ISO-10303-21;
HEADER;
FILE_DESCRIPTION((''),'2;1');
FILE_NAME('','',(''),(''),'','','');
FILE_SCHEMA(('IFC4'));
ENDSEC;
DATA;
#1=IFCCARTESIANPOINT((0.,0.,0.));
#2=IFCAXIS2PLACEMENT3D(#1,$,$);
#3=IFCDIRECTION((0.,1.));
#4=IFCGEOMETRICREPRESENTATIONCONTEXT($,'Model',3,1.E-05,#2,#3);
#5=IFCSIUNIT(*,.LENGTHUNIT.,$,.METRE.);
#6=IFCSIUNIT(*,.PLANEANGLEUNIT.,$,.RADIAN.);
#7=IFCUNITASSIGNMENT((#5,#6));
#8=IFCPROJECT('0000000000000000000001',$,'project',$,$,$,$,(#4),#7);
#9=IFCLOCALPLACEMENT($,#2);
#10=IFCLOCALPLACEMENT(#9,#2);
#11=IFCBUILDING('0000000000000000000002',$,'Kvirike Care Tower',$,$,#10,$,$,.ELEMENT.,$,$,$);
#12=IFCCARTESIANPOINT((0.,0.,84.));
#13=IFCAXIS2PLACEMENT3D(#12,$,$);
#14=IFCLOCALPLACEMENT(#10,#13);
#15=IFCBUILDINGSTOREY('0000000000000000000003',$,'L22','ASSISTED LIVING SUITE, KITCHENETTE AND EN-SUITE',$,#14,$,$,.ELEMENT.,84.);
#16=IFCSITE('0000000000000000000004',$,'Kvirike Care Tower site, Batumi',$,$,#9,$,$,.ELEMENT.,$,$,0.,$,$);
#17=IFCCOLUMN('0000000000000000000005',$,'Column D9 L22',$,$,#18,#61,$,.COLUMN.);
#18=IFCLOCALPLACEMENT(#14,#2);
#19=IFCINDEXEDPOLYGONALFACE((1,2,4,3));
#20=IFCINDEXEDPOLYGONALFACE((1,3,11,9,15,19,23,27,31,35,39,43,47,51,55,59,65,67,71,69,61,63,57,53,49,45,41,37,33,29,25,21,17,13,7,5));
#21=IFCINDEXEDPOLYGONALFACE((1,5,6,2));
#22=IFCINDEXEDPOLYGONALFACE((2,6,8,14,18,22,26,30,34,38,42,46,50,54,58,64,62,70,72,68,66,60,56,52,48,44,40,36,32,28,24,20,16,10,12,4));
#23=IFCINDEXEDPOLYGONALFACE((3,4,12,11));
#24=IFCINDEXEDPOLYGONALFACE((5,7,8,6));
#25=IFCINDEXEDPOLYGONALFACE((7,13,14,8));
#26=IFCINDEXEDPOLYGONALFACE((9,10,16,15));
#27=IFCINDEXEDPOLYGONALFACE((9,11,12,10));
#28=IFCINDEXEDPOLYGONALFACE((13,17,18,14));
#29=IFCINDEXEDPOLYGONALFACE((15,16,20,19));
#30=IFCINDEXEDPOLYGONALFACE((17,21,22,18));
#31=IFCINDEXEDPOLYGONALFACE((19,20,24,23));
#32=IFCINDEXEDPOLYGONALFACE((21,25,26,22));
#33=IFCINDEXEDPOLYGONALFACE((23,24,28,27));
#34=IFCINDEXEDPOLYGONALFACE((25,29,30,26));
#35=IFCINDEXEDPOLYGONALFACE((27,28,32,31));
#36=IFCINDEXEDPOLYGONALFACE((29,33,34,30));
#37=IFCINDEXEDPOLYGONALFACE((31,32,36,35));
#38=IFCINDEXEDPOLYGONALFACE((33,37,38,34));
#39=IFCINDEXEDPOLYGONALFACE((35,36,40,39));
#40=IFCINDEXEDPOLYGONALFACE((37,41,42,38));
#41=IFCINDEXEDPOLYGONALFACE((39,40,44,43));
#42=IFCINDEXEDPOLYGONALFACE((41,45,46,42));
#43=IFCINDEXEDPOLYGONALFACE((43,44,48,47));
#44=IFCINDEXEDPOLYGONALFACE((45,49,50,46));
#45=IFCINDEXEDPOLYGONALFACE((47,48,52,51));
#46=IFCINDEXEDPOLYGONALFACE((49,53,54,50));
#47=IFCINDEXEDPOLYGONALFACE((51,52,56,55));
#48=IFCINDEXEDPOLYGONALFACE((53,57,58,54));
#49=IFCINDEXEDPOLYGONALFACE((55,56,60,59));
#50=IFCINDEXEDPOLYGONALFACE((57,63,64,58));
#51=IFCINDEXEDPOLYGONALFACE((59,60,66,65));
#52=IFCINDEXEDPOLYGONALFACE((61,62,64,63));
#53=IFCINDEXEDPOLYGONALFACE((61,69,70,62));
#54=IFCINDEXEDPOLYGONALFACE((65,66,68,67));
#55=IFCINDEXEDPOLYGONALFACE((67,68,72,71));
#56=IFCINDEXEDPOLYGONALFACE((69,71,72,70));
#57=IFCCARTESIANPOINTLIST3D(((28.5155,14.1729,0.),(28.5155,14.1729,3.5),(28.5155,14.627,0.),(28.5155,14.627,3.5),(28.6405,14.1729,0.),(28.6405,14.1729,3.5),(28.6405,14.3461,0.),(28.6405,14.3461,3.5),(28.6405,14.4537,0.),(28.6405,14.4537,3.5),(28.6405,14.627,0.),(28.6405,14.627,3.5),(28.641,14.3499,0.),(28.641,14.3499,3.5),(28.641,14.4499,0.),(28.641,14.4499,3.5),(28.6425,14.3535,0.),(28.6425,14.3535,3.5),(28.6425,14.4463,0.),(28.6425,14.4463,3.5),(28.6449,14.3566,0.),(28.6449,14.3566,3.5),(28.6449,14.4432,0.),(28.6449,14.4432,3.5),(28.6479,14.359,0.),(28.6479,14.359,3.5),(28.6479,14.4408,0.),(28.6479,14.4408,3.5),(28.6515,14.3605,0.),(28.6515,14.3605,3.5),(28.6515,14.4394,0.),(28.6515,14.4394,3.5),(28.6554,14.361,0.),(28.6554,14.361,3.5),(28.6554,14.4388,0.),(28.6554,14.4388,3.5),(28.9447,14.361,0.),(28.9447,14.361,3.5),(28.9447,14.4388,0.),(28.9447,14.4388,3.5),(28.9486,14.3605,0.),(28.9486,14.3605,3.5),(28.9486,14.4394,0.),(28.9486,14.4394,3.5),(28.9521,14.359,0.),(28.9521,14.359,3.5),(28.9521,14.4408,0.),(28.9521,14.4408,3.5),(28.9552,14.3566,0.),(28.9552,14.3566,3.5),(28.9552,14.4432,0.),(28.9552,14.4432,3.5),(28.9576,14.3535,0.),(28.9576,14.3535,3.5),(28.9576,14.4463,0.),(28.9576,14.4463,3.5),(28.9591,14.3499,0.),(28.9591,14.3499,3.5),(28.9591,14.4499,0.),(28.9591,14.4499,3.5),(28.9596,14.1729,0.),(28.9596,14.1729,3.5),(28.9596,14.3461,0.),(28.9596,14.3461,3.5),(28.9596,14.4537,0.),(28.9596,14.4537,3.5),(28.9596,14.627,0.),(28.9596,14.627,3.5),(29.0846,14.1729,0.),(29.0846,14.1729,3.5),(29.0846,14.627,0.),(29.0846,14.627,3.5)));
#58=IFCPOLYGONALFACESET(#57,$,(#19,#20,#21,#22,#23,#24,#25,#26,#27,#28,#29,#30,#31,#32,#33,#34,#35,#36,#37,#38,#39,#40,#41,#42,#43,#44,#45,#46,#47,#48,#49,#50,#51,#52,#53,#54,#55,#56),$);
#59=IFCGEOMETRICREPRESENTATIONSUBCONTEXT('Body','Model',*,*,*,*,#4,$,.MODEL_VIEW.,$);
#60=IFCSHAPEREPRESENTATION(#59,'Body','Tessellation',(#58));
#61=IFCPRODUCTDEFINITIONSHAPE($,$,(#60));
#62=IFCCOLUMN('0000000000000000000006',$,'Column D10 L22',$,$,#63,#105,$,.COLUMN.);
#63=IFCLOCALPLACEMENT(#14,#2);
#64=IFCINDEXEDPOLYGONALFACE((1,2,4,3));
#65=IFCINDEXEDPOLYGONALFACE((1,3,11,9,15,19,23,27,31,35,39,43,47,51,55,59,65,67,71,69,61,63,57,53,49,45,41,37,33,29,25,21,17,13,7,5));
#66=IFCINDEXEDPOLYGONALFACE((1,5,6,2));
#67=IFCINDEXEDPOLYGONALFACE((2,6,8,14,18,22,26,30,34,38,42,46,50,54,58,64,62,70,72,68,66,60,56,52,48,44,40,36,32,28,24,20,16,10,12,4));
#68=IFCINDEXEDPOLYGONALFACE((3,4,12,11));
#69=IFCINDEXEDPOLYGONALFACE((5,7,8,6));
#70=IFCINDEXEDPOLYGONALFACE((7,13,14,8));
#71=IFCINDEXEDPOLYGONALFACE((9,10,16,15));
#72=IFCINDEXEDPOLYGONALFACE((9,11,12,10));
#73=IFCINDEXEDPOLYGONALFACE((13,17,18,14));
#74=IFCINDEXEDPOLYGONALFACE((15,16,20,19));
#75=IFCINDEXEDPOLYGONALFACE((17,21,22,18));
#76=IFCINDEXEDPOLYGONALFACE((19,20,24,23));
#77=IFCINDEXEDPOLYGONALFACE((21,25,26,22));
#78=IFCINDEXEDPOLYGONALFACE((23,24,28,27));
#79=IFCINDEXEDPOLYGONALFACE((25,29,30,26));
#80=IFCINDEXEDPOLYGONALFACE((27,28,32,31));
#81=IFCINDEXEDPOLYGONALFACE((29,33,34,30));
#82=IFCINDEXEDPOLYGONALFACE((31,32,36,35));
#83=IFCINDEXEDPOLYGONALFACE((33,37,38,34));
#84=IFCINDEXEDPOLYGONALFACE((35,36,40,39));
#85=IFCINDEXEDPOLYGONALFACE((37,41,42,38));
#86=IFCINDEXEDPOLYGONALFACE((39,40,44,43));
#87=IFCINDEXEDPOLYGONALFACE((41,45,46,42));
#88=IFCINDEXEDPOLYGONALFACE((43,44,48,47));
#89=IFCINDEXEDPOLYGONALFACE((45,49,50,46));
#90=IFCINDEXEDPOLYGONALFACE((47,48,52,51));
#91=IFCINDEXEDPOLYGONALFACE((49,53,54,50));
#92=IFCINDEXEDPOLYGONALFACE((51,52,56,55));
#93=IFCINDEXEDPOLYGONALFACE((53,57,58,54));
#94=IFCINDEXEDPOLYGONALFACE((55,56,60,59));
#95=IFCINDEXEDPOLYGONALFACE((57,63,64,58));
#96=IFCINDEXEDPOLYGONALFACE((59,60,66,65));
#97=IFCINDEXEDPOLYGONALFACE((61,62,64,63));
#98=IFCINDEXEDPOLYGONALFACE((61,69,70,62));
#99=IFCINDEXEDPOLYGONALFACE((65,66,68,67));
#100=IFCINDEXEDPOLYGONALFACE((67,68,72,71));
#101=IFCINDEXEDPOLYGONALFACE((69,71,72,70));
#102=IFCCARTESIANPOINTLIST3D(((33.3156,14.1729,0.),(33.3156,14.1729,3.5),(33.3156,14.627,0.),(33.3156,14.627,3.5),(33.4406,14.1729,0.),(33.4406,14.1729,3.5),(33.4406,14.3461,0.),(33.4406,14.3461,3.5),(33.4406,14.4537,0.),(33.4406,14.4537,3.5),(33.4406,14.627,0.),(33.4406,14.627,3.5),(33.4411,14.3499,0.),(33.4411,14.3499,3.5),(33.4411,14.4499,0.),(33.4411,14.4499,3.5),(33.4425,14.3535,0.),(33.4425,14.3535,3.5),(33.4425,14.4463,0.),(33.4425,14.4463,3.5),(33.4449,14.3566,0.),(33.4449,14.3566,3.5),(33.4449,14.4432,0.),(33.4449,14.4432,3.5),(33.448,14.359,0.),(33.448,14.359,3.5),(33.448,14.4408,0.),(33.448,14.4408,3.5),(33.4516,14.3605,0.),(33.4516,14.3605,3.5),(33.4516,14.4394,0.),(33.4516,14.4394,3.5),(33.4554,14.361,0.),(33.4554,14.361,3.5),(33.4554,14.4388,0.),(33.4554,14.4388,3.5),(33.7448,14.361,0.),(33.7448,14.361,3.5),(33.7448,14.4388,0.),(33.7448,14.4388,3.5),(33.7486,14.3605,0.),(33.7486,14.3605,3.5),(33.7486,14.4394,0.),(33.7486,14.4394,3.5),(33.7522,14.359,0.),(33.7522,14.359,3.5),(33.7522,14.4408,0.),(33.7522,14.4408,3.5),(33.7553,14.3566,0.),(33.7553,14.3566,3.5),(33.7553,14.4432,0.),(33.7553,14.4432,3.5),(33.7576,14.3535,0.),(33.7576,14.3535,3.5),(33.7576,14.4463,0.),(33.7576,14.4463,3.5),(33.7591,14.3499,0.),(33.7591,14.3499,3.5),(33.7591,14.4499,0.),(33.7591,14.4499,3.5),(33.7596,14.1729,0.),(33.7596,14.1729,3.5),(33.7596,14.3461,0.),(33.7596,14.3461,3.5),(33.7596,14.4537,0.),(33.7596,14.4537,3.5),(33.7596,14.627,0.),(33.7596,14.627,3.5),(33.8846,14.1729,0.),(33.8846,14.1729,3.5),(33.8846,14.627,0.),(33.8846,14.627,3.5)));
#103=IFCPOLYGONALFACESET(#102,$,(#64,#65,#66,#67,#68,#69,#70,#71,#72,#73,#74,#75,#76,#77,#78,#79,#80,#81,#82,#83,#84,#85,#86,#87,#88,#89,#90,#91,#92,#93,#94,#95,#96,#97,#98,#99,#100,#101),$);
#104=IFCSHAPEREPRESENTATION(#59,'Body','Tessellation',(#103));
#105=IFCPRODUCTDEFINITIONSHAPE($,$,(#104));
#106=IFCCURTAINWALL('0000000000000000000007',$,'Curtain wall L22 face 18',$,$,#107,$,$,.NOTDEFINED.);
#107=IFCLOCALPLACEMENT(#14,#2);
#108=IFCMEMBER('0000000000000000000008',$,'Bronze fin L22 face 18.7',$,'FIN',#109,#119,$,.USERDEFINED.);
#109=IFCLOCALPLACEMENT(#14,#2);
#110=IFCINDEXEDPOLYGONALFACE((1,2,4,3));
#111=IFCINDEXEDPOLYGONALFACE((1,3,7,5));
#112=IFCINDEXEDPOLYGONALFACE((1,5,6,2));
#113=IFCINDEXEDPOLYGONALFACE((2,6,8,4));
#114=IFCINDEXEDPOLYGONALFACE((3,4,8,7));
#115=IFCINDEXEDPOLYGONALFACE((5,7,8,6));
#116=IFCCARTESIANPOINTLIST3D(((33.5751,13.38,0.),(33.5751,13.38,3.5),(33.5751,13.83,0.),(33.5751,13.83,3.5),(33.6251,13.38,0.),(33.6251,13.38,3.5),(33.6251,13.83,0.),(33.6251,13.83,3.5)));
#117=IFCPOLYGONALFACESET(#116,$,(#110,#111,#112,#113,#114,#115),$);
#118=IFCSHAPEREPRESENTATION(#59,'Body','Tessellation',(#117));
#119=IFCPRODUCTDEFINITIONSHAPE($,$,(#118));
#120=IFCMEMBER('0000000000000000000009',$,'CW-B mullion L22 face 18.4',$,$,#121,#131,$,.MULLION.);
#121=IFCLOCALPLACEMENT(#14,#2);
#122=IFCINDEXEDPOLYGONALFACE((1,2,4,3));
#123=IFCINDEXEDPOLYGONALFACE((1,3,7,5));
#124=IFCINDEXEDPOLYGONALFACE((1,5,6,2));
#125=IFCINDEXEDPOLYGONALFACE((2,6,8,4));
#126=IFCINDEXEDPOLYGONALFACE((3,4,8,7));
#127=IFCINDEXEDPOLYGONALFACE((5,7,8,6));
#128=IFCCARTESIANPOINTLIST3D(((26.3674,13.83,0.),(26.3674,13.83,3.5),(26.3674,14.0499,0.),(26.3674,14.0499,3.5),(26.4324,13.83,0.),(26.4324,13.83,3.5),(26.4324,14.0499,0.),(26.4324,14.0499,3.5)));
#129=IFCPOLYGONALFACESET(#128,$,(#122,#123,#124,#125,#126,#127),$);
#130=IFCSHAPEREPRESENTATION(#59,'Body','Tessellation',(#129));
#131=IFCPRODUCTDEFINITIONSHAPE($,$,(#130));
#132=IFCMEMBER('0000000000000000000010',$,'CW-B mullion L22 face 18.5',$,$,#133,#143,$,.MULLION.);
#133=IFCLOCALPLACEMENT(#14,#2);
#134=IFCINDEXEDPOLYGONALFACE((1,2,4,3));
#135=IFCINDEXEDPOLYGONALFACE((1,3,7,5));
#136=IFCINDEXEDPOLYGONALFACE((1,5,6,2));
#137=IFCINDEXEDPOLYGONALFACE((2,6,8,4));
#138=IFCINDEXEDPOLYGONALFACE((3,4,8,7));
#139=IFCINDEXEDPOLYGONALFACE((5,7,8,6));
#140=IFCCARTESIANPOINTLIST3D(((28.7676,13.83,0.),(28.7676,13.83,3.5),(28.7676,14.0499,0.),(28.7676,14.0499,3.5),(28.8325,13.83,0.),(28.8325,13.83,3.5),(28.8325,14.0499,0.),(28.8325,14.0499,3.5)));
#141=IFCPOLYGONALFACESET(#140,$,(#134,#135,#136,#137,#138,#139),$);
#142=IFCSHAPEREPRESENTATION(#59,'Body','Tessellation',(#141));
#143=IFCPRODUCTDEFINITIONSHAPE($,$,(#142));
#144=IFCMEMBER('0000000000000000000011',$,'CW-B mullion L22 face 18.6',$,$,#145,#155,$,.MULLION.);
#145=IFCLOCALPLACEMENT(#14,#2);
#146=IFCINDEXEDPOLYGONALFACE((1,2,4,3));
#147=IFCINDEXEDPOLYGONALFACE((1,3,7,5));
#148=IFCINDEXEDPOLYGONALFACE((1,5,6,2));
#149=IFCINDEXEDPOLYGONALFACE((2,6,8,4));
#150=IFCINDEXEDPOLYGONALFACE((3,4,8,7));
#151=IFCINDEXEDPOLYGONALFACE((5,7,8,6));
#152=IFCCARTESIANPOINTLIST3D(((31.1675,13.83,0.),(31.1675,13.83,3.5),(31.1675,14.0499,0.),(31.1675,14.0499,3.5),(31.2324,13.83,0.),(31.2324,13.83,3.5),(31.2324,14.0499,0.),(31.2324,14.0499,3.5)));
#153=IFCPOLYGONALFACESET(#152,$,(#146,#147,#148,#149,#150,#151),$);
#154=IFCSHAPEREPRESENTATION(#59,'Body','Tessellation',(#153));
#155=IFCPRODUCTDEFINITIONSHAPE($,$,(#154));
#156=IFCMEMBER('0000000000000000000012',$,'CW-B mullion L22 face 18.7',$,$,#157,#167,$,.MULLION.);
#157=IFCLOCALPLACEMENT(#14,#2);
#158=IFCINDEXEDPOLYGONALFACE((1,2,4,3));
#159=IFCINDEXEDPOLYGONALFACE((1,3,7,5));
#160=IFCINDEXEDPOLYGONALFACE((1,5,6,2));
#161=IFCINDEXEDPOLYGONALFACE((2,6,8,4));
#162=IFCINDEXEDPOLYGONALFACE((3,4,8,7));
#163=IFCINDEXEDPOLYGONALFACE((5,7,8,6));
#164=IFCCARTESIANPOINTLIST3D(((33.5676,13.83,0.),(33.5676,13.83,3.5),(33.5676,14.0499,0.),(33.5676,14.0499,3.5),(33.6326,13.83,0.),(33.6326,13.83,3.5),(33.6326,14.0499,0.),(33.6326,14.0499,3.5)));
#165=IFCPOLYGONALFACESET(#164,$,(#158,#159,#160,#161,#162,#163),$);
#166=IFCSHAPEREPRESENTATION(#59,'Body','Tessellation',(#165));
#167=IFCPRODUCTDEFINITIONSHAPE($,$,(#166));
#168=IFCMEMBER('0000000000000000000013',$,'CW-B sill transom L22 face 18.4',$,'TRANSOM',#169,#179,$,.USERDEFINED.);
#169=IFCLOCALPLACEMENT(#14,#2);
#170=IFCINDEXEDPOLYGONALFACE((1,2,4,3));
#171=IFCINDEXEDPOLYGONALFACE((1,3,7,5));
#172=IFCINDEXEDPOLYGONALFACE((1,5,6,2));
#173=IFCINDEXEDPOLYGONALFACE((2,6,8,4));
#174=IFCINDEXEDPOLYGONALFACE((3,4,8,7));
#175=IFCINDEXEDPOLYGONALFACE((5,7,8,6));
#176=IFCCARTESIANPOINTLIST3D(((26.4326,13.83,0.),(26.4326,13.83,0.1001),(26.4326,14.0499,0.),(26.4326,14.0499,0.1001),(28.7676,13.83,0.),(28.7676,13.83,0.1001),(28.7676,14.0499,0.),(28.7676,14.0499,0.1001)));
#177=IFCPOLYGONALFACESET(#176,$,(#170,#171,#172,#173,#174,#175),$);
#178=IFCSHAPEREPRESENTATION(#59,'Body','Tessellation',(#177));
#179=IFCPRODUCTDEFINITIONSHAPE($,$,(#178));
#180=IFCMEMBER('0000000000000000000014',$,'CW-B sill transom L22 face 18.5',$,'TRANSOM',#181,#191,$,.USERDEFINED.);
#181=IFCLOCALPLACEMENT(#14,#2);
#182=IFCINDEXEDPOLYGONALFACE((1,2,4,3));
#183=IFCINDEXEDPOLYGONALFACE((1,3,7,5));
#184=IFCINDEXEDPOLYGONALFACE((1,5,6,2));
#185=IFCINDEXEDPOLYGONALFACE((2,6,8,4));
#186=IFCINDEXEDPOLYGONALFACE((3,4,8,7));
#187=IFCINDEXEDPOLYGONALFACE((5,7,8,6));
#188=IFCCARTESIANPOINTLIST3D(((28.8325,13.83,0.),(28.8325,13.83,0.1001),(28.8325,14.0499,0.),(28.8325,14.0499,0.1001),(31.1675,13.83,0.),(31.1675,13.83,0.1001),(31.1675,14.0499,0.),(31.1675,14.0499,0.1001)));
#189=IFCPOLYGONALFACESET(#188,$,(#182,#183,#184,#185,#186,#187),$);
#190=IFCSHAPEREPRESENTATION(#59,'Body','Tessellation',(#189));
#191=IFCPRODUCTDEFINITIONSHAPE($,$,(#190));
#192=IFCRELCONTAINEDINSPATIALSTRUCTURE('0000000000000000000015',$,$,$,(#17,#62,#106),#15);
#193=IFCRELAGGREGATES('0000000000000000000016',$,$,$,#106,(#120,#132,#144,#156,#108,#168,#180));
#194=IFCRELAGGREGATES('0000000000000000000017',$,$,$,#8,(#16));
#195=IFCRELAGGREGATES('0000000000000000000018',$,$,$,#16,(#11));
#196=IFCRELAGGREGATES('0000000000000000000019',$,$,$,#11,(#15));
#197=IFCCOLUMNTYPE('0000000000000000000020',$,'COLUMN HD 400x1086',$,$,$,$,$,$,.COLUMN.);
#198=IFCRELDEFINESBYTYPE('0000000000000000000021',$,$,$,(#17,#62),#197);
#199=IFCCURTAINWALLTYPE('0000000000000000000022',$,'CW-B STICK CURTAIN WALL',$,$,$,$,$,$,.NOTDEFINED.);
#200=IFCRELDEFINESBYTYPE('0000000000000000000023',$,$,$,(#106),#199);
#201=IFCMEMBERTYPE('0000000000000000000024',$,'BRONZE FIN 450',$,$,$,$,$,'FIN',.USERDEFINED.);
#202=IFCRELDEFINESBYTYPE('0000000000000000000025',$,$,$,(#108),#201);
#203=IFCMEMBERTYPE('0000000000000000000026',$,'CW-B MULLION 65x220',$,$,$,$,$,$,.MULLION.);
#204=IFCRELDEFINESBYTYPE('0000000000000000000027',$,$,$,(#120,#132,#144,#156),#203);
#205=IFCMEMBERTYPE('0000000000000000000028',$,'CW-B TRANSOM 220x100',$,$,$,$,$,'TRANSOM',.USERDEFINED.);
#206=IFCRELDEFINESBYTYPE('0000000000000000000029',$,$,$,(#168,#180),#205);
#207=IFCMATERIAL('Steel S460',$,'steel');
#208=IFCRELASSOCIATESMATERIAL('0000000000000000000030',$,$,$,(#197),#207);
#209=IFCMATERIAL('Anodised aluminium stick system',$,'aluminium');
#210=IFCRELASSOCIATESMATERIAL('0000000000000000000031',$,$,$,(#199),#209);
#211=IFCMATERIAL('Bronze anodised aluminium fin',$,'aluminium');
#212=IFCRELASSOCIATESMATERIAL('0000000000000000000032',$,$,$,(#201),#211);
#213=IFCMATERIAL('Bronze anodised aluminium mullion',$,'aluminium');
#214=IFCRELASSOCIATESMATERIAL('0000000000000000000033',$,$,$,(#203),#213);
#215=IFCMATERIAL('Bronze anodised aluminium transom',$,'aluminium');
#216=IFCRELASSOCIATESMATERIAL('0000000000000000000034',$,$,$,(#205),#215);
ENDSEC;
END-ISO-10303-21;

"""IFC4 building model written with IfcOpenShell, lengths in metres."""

from ifc_helpers import new_model, si_unit, direction, frame, origin, origin_2d, place, context, subcontext, project, spatial, rectangle, i_section, extrude, material, material_profile, profile_set, type_object, element, aggregate, save


model = new_model("IFC4")

# Units and contexts
model_context = context("Model", 3, precision=1e-05, world=origin(), true_north=direction((0.0, 1.0)))
body_context = subcontext(model_context, "Body", "Model", "MODEL_VIEW")
ifc_project = project(units=[si_unit("LENGTHUNIT", "METRE"), si_unit("PLANEANGLEUNIT", "RADIAN")], contexts=[model_context])

# Site, building, storey
site_placement = place(None, origin())
site = spatial("IfcSite", under=ifc_project, at=site_placement, Name="Kvirike Care Tower site, Batumi", CompositionType="ELEMENT", RefElevation=0.0)
building_placement = place(site_placement, origin())
building = spatial("IfcBuilding", under=site, at=building_placement, Name="Kvirike Care Tower", CompositionType="ELEMENT")
storey_placement = place(building_placement, frame((0.0, 0.0, 84.0)))
storey = spatial("IfcBuildingStorey", under=building, at=storey_placement, Name="L22", Description="ASSISTED LIVING SUITE, KITCHENETTE AND EN-SUITE", CompositionType="ELEMENT", Elevation=84.0)

# Columns
ifc_material_1 = material(Name="Steel S460", Category="steel")
ifc_material_profile_1 = material_profile(ifc_material_1, i_section(OverallWidth=0.4541, OverallDepth=0.5691, WebThickness=0.0779, FlangeThickness=0.125, FilletRadius=0.0149, at=origin_2d()), Name="HD 400x1086")
ifc_profile_set_1 = profile_set([ifc_material_profile_1], Name="Steel S460")
column_type = type_object("IfcColumnType", Name="COLUMN HD 400x1086", PredefinedType="COLUMN", material=ifc_profile_set_1)
for number, where, z_axis, x_axis, name in (
    (1, (28.8, 14.3999, 0.0), (0.0, 0.0, 1.0), (0.0, 1.0, 0.0), "Column D9 L22"),
    (2, (33.6001, 14.3999, 0.0), (0.0, 0.0, 1.0), (0.0, 1.0, 0.0), "Column D10 L22"),
):
    element("IfcColumn", number, at=place(storey_placement, frame(where, z_axis=z_axis, x_axis=x_axis)), inside=storey, type_object=column_type, Name=name, PredefinedType="COLUMN", context=body_context, shape_type="SweptSolid", body=[
        extrude(i_section(OverallWidth=0.4541, OverallDepth=0.5691, WebThickness=0.0779, FlangeThickness=0.125, FilletRadius=0.0149, at=origin_2d()), origin(), (0.0, 0.0, 1.0), 3.5),
    ])

# Curtain wall, members
ifc_material_2 = material(Name="Anodised aluminium stick system", Category="aluminium")
curtain_wall_type = type_object("IfcCurtainWallType", Name="CW-B STICK CURTAIN WALL", PredefinedType="NOTDEFINED", material=ifc_material_2)
curtain_wall_placement = place(storey_placement, origin())
curtain_wall = element("IfcCurtainWall", 3, at=curtain_wall_placement, inside=storey, type_object=curtain_wall_type, Name="Curtain wall L22 face 18", PredefinedType="NOTDEFINED")
ifc_material_3 = material(Name="Bronze anodised aluminium fin", Category="aluminium")
ifc_material_profile_2 = material_profile(ifc_material_3, rectangle(XDim=0.05, YDim=0.45, at=origin_2d()), Name="BRONZE FIN 450")
ifc_profile_set_2 = profile_set([ifc_material_profile_2], Name="Bronze anodised aluminium fin")
member_type_1 = type_object("IfcMemberType", Name="BRONZE FIN 450", ElementType="FIN", PredefinedType="USERDEFINED", material=ifc_profile_set_2)
member_1_placement = place(storey_placement, frame((33.6001, 13.605, 0.0), z_axis=(0.0, 0.0, 1.0), x_axis=(1.0, 0.0, 0.0)))
member_1 = element("IfcMember", 4, at=member_1_placement, type_object=member_type_1, Name="Bronze fin L22 face 18.7", ObjectType="FIN", PredefinedType="USERDEFINED", context=body_context, shape_type="SweptSolid", body=[
    extrude(rectangle(XDim=0.05, YDim=0.45, at=origin_2d()), origin(), (0.0, 0.0, 1.0), 3.5),
])
ifc_material_4 = material(Name="Bronze anodised aluminium mullion", Category="aluminium")
ifc_material_profile_3 = material_profile(ifc_material_4, rectangle(XDim=0.0649, YDim=0.22, at=origin_2d()), Name="CW-B MULLION 65x220")
ifc_profile_set_3 = profile_set([ifc_material_profile_3], Name="Bronze anodised aluminium mullion")
member_type_2 = type_object("IfcMemberType", Name="CW-B MULLION 65x220", PredefinedType="MULLION", material=ifc_profile_set_3)
member_2_placement = place(storey_placement, frame((26.3999, 13.9399, 0.0), z_axis=(0.0, 0.0, 1.0), x_axis=(1.0, 0.0, 0.0)))
member_2 = element("IfcMember", 5, at=member_2_placement, type_object=member_type_2, Name="CW-B mullion L22 face 18.4", PredefinedType="MULLION", context=body_context, shape_type="SweptSolid", body=[
    extrude(rectangle(XDim=0.0649, YDim=0.22, at=origin_2d()), origin(), (0.0, 0.0, 1.0), 3.5),
])
member_3_placement = place(storey_placement, frame((28.8, 13.9399, 0.0), z_axis=(0.0, 0.0, 1.0), x_axis=(1.0, 0.0, 0.0)))
member_3 = element("IfcMember", 6, at=member_3_placement, type_object=member_type_2, Name="CW-B mullion L22 face 18.5", PredefinedType="MULLION", context=body_context, shape_type="SweptSolid", body=[
    extrude(rectangle(XDim=0.0649, YDim=0.22, at=origin_2d()), origin(), (0.0, 0.0, 1.0), 3.5),
])
member_4_placement = place(storey_placement, frame((31.2, 13.9399, 0.0), z_axis=(0.0, 0.0, 1.0), x_axis=(1.0, 0.0, 0.0)))
member_4 = element("IfcMember", 7, at=member_4_placement, type_object=member_type_2, Name="CW-B mullion L22 face 18.6", PredefinedType="MULLION", context=body_context, shape_type="SweptSolid", body=[
    extrude(rectangle(XDim=0.0649, YDim=0.22, at=origin_2d()), origin(), (0.0, 0.0, 1.0), 3.5),
])
member_5_placement = place(storey_placement, frame((33.6001, 13.9399, 0.0), z_axis=(0.0, 0.0, 1.0), x_axis=(1.0, 0.0, 0.0)))
member_5 = element("IfcMember", 8, at=member_5_placement, type_object=member_type_2, Name="CW-B mullion L22 face 18.7", PredefinedType="MULLION", context=body_context, shape_type="SweptSolid", body=[
    extrude(rectangle(XDim=0.0649, YDim=0.22, at=origin_2d()), origin(), (0.0, 0.0, 1.0), 3.5),
])
ifc_material_5 = material(Name="Bronze anodised aluminium transom", Category="aluminium")
ifc_material_profile_4 = material_profile(ifc_material_5, rectangle(XDim=0.22, YDim=0.1001, at=origin_2d()), Name="CW-B TRANSOM 220x100")
ifc_profile_set_4 = profile_set([ifc_material_profile_4], Name="Bronze anodised aluminium transom")
member_type_3 = type_object("IfcMemberType", Name="CW-B TRANSOM 220x100", ElementType="TRANSOM", PredefinedType="USERDEFINED", material=ifc_profile_set_4)
member_6_placement = place(storey_placement, frame((26.4326, 13.9399, 0.05), z_axis=(1.0, 0.0, 0.0), x_axis=(0.0, 1.0, 0.0)))
member_6 = element("IfcMember", 9, at=member_6_placement, type_object=member_type_3, Name="CW-B sill transom L22 face 18.4", ObjectType="TRANSOM", PredefinedType="USERDEFINED", context=body_context, shape_type="SweptSolid", body=[
    extrude(rectangle(XDim=0.22, YDim=0.1001, at=origin_2d()), origin(), (0.0, 0.0, 1.0), 2.335),
])
member_7_placement = place(storey_placement, frame((28.8325, 13.9399, 0.05), z_axis=(1.0, 0.0, 0.0), x_axis=(0.0, 1.0, 0.0)))
member_7 = element("IfcMember", 10, at=member_7_placement, type_object=member_type_3, Name="CW-B sill transom L22 face 18.5", ObjectType="TRANSOM", PredefinedType="USERDEFINED", context=body_context, shape_type="SweptSolid", body=[
    extrude(rectangle(XDim=0.22, YDim=0.1001, at=origin_2d()), origin(), (0.0, 0.0, 1.0), 2.335),
])

aggregate(curtain_wall, [member_2, member_3, member_4, member_5, member_1, member_6, member_7])

save(model, "model.ifc")
